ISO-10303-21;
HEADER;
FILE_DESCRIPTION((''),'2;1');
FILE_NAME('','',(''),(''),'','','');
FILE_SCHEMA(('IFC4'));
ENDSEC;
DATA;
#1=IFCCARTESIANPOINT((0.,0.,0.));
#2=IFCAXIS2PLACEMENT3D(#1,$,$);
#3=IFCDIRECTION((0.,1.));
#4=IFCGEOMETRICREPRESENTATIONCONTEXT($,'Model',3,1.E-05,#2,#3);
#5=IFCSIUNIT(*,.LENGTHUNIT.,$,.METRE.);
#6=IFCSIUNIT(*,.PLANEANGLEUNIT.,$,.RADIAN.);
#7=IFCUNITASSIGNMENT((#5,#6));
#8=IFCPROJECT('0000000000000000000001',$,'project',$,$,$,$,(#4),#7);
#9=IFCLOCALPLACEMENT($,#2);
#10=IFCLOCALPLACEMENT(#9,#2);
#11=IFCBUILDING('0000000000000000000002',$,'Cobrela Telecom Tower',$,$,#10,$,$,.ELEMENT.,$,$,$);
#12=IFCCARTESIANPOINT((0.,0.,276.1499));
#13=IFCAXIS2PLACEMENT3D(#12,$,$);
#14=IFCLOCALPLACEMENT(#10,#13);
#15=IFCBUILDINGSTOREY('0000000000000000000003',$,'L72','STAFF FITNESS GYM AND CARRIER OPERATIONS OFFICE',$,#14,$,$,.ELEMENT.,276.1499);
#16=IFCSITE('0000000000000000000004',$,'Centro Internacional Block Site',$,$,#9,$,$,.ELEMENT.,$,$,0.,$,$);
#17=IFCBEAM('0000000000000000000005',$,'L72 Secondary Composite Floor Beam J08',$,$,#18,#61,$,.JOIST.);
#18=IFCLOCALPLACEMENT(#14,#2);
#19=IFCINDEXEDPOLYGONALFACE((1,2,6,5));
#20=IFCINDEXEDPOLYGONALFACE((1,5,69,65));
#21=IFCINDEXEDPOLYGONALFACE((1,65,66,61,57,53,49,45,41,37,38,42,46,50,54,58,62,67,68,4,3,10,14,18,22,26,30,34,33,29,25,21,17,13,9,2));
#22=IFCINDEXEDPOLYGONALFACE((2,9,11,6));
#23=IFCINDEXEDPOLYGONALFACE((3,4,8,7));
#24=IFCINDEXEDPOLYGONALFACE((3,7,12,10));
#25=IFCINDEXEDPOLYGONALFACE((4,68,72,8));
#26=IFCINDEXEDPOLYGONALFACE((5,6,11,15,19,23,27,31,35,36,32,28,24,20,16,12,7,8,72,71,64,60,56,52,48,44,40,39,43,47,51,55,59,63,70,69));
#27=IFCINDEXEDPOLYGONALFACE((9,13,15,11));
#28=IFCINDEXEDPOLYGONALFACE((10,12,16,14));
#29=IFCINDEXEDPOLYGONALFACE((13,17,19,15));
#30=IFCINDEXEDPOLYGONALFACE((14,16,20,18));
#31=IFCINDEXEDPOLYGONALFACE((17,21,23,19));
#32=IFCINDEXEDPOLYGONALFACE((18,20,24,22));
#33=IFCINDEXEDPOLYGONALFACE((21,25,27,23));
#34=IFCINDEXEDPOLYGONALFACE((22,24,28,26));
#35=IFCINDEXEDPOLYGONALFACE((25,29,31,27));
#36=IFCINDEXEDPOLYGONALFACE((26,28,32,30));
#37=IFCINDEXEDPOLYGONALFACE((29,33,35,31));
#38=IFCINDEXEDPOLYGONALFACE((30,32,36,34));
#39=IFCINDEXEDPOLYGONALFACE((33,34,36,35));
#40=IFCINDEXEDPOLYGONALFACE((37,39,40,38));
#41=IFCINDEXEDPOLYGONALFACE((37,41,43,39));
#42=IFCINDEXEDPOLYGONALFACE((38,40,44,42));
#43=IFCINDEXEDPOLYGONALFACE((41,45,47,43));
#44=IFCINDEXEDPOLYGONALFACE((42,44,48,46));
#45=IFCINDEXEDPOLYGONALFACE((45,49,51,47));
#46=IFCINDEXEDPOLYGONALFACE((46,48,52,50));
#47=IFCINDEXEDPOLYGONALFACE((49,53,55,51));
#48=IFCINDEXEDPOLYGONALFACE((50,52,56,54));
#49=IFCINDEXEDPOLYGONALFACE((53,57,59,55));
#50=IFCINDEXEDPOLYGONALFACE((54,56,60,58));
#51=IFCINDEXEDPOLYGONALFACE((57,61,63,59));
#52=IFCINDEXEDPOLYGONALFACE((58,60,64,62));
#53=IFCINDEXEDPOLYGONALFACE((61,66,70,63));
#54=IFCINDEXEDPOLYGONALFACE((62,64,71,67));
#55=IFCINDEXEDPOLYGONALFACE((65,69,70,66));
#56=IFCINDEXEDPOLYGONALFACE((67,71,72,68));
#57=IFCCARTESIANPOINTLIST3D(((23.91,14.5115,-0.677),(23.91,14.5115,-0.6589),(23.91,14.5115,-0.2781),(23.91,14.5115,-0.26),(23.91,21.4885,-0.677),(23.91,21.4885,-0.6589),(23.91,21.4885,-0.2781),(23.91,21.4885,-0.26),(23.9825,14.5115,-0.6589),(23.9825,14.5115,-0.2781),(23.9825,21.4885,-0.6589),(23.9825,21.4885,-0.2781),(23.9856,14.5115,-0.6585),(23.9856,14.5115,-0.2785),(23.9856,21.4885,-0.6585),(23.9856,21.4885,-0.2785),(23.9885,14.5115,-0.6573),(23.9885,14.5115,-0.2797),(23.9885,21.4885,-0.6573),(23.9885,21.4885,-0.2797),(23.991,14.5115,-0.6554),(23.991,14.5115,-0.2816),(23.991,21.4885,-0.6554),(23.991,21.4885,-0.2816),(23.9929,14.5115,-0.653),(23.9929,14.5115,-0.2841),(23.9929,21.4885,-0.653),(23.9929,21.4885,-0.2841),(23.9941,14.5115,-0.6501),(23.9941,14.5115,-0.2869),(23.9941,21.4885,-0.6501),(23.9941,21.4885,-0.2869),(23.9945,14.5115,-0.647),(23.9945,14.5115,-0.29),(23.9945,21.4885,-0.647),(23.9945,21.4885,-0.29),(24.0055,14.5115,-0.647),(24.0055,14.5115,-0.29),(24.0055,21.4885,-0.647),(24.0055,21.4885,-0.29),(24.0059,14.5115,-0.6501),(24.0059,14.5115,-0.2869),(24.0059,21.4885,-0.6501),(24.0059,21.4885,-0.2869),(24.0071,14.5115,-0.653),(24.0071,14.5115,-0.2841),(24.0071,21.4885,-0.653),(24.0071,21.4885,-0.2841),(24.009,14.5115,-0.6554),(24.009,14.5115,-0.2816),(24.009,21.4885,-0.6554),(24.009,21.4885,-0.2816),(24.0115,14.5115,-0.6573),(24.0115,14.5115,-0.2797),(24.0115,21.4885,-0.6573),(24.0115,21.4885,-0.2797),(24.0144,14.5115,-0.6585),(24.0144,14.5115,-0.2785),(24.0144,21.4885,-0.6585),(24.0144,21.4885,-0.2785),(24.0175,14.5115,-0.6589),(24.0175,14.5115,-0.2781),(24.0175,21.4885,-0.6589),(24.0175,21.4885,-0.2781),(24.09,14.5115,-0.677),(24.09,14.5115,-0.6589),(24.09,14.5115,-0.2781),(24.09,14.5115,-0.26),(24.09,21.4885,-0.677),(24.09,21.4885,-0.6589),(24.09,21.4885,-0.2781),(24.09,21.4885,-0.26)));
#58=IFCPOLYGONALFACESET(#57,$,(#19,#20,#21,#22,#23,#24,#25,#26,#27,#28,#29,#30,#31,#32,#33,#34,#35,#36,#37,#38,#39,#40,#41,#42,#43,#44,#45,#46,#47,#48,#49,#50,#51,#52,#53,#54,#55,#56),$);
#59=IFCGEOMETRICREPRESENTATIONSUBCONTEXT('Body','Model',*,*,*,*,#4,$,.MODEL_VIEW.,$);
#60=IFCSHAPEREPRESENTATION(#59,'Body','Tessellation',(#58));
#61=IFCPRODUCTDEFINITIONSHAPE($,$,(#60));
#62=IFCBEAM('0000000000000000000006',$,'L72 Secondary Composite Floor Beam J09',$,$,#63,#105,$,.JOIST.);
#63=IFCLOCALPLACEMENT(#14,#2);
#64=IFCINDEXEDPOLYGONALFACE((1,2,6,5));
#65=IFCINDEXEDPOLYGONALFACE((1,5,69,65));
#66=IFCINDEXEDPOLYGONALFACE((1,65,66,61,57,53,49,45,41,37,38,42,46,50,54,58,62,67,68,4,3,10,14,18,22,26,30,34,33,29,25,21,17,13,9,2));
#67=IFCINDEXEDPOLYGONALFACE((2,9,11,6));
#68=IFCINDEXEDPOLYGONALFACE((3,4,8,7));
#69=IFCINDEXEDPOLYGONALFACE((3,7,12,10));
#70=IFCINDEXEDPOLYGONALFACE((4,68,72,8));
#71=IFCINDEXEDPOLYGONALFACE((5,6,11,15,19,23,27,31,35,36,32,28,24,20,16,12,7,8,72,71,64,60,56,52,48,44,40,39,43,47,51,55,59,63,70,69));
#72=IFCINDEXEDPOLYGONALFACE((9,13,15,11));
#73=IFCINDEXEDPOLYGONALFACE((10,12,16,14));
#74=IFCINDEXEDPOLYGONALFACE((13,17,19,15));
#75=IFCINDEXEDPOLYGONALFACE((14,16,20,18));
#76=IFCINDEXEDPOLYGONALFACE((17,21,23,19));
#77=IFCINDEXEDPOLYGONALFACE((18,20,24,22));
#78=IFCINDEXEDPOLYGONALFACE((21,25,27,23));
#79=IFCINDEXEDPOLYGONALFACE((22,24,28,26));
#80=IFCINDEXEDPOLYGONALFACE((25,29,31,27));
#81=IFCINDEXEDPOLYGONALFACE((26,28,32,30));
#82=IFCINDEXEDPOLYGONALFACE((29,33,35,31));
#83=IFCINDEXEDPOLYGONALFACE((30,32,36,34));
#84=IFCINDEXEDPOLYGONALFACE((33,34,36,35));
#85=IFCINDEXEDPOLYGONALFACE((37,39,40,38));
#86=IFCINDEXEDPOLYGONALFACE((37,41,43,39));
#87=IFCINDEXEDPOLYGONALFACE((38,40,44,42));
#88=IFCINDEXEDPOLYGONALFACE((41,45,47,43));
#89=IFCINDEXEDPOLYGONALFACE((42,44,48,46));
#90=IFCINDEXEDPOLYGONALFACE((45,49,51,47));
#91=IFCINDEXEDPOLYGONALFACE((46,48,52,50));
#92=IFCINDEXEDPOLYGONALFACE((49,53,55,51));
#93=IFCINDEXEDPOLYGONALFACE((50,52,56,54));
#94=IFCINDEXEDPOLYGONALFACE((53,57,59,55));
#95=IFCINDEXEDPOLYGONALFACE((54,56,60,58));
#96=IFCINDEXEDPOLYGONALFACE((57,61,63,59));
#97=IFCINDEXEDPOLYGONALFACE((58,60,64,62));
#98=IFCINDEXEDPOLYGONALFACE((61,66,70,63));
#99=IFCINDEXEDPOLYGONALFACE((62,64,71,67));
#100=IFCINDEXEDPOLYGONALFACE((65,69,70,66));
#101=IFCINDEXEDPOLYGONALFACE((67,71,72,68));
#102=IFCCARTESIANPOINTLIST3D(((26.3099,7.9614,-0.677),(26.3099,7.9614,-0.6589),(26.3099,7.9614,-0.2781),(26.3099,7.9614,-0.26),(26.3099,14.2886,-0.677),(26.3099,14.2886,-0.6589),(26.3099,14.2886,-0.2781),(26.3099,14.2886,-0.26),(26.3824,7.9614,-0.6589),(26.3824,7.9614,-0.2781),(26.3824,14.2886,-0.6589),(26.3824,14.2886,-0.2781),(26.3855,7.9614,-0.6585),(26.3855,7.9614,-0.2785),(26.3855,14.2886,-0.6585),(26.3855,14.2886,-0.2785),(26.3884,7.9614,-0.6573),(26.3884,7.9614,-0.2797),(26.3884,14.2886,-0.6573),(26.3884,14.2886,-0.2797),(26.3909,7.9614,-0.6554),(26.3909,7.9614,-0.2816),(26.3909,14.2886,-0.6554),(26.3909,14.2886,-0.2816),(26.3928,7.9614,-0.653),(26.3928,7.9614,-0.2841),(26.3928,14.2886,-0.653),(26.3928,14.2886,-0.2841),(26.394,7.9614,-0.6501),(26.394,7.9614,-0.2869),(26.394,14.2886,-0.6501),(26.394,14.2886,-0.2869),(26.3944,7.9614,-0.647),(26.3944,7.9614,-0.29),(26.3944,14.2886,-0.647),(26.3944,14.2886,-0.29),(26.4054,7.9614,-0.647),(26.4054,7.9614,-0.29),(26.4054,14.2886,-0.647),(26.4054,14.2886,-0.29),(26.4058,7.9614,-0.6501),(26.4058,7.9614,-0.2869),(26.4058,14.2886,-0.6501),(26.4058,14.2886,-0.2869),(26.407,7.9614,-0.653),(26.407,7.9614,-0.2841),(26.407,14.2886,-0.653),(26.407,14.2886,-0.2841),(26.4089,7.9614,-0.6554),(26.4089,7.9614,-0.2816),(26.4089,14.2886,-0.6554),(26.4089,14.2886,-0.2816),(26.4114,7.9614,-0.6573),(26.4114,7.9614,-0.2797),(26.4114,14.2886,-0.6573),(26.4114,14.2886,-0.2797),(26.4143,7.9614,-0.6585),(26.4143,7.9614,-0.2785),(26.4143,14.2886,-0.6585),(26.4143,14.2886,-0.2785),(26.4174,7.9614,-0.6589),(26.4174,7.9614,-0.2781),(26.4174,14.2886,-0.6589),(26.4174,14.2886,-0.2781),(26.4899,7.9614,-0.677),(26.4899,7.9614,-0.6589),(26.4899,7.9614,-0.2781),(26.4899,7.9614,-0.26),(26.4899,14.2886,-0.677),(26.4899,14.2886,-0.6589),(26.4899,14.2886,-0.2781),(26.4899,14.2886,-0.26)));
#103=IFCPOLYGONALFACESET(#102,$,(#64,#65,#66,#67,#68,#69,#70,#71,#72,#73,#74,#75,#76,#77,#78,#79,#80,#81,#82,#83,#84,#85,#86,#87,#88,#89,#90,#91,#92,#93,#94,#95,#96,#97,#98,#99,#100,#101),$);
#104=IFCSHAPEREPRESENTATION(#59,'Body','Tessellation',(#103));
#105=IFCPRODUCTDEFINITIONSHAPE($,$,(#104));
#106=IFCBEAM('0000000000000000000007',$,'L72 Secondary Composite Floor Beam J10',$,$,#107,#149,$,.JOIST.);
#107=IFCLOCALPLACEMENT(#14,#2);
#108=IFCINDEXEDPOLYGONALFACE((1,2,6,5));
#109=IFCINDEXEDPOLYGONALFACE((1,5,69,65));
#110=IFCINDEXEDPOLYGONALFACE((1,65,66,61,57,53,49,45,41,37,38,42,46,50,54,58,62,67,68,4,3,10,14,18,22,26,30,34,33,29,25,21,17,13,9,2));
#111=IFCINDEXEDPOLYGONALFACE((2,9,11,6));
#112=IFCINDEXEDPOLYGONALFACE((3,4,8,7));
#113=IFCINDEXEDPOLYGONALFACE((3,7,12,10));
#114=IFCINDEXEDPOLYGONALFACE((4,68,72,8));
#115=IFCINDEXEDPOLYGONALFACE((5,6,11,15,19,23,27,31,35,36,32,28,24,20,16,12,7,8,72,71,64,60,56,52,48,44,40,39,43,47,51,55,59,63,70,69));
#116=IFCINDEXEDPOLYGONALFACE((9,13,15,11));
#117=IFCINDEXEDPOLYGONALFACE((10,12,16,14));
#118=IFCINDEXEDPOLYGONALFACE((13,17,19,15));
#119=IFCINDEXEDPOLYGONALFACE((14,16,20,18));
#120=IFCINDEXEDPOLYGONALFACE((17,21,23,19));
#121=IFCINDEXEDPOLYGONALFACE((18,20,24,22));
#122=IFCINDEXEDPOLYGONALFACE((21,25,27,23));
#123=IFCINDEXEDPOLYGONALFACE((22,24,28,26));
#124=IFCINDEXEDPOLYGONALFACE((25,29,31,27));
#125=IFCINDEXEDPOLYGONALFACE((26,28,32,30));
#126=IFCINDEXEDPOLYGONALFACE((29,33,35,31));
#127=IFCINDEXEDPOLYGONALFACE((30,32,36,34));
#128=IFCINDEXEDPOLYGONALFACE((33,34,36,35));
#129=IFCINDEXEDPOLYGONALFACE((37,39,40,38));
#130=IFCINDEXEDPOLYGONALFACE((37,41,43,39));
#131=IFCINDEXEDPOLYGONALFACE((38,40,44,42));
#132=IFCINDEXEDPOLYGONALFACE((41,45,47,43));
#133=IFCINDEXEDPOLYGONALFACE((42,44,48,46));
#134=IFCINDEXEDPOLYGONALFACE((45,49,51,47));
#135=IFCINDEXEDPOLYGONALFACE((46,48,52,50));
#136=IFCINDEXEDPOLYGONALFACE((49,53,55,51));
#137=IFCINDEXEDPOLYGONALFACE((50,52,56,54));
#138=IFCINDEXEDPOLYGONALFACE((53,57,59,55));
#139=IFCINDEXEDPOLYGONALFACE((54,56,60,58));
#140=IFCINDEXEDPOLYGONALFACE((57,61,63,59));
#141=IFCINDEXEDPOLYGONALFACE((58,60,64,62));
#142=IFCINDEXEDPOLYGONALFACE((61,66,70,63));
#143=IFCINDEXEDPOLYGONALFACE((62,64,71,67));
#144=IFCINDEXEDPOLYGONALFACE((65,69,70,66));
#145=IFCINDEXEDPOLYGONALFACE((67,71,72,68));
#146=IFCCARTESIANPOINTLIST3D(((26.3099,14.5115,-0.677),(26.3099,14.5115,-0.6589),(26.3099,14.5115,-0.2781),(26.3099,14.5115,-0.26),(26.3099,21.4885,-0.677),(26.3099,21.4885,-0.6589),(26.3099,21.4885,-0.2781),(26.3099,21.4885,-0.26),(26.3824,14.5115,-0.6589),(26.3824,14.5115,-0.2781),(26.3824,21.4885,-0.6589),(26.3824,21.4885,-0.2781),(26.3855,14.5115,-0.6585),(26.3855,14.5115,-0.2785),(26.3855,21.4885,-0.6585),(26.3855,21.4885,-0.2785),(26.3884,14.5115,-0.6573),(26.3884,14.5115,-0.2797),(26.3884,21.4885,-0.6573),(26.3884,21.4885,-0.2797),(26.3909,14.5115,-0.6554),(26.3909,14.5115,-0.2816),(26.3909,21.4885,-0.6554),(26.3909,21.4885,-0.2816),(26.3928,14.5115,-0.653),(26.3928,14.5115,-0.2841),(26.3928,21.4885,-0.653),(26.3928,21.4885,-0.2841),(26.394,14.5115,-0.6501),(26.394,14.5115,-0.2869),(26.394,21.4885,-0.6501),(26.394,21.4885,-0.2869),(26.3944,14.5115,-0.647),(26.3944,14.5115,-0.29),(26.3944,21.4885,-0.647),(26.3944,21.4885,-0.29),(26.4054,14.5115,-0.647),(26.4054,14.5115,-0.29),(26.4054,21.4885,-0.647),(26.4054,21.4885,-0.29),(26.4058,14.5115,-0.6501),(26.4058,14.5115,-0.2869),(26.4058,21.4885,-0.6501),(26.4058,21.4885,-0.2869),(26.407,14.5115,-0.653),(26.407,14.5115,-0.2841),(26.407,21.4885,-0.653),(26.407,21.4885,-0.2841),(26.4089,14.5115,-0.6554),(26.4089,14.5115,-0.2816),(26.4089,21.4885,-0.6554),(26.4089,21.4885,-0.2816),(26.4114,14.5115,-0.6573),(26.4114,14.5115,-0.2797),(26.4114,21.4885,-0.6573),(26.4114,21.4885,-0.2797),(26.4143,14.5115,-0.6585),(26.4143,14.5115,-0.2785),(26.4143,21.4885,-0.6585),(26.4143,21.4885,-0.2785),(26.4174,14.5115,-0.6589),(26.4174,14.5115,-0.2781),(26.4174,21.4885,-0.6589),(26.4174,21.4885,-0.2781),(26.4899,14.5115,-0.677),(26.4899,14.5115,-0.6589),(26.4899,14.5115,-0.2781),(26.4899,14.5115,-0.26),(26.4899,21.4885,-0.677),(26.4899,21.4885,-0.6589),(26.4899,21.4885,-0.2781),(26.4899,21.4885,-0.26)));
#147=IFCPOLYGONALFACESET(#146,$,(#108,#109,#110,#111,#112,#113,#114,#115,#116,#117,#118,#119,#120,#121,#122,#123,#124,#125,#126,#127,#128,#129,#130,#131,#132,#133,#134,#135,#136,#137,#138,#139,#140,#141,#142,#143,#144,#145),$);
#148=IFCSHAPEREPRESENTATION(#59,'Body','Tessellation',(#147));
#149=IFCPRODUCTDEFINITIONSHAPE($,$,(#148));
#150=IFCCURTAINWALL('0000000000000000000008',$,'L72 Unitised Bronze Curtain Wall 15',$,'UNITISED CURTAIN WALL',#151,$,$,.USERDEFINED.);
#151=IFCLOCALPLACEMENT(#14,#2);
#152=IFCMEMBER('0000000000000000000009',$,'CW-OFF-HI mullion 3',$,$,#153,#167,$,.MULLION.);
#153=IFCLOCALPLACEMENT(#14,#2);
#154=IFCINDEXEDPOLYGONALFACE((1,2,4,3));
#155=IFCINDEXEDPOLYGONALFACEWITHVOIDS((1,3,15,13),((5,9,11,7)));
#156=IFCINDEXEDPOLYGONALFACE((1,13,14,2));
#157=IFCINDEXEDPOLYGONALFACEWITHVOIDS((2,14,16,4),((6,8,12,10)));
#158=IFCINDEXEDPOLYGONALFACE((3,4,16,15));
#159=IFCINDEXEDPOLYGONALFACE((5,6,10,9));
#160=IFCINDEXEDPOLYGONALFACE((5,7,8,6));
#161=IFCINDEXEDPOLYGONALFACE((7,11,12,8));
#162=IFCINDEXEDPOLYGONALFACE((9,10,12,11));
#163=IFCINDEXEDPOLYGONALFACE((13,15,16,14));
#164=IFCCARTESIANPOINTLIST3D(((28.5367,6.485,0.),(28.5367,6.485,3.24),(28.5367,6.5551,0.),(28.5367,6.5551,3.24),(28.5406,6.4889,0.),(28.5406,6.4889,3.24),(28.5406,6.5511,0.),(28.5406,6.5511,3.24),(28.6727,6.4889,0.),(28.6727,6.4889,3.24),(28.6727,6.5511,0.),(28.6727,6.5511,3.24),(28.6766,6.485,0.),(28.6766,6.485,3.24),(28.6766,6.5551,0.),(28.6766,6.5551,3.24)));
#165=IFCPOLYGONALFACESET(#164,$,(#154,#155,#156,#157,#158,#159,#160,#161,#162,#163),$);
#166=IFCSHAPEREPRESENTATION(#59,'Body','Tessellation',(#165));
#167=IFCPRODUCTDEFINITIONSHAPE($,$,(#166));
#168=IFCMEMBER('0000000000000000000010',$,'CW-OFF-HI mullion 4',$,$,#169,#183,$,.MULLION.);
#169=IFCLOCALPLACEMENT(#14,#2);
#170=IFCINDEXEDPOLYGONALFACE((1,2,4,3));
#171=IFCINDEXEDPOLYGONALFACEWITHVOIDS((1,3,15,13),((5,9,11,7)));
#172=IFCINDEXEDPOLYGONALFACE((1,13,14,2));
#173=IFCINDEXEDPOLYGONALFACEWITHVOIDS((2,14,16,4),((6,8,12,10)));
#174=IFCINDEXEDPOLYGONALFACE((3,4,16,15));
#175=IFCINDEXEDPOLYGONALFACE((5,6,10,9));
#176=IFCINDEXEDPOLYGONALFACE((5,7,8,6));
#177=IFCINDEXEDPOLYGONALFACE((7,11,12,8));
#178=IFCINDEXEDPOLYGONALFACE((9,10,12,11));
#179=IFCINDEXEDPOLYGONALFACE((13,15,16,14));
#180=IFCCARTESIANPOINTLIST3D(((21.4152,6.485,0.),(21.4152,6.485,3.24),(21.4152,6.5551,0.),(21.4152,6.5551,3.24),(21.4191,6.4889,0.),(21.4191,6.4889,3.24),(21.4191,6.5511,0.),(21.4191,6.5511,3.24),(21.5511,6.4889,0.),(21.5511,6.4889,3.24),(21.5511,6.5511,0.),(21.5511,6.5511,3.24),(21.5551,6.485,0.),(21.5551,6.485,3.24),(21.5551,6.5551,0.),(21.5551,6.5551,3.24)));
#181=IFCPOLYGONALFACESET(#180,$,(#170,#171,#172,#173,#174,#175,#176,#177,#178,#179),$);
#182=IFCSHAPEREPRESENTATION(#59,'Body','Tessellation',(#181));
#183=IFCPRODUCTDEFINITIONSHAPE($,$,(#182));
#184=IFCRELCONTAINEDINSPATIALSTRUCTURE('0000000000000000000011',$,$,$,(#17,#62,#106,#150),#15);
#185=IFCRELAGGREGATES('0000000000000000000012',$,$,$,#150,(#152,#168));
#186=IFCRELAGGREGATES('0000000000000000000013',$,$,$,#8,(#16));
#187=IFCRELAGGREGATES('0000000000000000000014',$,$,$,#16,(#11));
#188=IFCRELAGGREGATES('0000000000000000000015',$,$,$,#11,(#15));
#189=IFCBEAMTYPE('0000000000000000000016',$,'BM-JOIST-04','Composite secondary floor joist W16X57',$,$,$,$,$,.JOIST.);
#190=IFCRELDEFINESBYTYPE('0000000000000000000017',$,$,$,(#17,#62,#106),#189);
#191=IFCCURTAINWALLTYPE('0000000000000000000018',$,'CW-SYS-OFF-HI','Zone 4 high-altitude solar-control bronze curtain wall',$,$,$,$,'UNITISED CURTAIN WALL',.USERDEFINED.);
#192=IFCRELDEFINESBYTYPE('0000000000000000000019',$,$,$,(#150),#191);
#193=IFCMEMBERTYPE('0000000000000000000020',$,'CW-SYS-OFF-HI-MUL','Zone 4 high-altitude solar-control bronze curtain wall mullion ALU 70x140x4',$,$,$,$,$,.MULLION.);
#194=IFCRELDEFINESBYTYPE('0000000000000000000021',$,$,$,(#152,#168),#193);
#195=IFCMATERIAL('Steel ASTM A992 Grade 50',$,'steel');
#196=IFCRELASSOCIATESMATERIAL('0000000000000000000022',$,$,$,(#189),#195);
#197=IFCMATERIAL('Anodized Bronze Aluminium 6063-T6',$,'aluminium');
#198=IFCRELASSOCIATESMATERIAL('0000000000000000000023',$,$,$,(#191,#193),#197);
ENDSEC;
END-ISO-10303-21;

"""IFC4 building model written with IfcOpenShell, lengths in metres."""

from ifc_helpers import new_model, si_unit, direction, frame, origin, origin_2d, place, context, subcontext, project, spatial, hollow_rectangle, i_section, extrude, material, material_profile, profile_set, type_object, element, aggregate, save


model = new_model("IFC4")

# Units and contexts
model_context = context("Model", 3, precision=1e-05, world=origin(), true_north=direction((0.0, 1.0)))
body_context = subcontext(model_context, "Body", "Model", "MODEL_VIEW")
ifc_project = project(units=[si_unit("LENGTHUNIT", "METRE"), si_unit("PLANEANGLEUNIT", "RADIAN")], contexts=[model_context])

# Site, building, storey
site_placement = place(None, origin())
site = spatial("IfcSite", under=ifc_project, at=site_placement, Name="Centro Internacional Block Site", CompositionType="ELEMENT", RefElevation=0.0)
building_placement = place(site_placement, origin())
building = spatial("IfcBuilding", under=site, at=building_placement, Name="Cobrela Telecom Tower", CompositionType="ELEMENT")
storey_placement = place(building_placement, frame((0.0, 0.0, 276.1499)))
storey = spatial("IfcBuildingStorey", under=building, at=storey_placement, Name="L72", Description="STAFF FITNESS GYM AND CARRIER OPERATIONS OFFICE", CompositionType="ELEMENT", Elevation=276.1499)

# Shared definitions
ifc_material_1 = material(Name="Steel ASTM A992 Grade 50", Category="steel")

# Beams
ifc_material_profile_1 = material_profile(ifc_material_1, i_section(OverallWidth=0.1799, OverallDepth=0.417, WebThickness=0.011, FlangeThickness=0.0181, FilletRadius=0.012, at=origin_2d()), Name="W16X57")
ifc_profile_set_1 = profile_set([ifc_material_profile_1], Name="Steel ASTM A992 Grade 50")
beam_type_1 = type_object("IfcBeamType", Name="BM-JOIST-04", Description="Composite secondary floor joist W16X57", PredefinedType="JOIST", material=ifc_profile_set_1)
beam_1_placement = place(storey_placement, frame((24.0, 14.5115, -0.4685), z_axis=(0.0, 1.0, 0.0), x_axis=(-1.0, 0.0, 0.0)))
element("IfcBeam", 1, at=beam_1_placement, inside=storey, type_object=beam_type_1, Name="L72 Secondary Composite Floor Beam J08", PredefinedType="JOIST", context=body_context, shape_type="SweptSolid", body=[
    extrude(i_section(OverallWidth=0.1799, OverallDepth=0.417, WebThickness=0.011, FlangeThickness=0.0181, FilletRadius=0.012, at=origin_2d()), origin(), (0.0, 0.0, 1.0), 6.9771),
])
beam_2_placement = place(storey_placement, frame((26.3999, 7.9614, -0.4685), z_axis=(0.0, 1.0, 0.0), x_axis=(-1.0, 0.0, 0.0)))
element("IfcBeam", 2, at=beam_2_placement, inside=storey, type_object=beam_type_1, Name="L72 Secondary Composite Floor Beam J09", PredefinedType="JOIST", context=body_context, shape_type="SweptSolid", body=[
    extrude(i_section(OverallWidth=0.1799, OverallDepth=0.417, WebThickness=0.011, FlangeThickness=0.0181, FilletRadius=0.012, at=origin_2d()), origin(), (0.0, 0.0, 1.0), 6.3271),
])
beam_3_placement = place(storey_placement, frame((26.3999, 14.5115, -0.4685), z_axis=(0.0, 1.0, 0.0), x_axis=(-1.0, 0.0, 0.0)))
element("IfcBeam", 3, at=beam_3_placement, inside=storey, type_object=beam_type_1, Name="L72 Secondary Composite Floor Beam J10", PredefinedType="JOIST", context=body_context, shape_type="SweptSolid", body=[
    extrude(i_section(OverallWidth=0.1799, OverallDepth=0.417, WebThickness=0.011, FlangeThickness=0.0181, FilletRadius=0.012, at=origin_2d()), origin(), (0.0, 0.0, 1.0), 6.9771),
])

# Curtain wall, members
ifc_material_2 = material(Name="Anodized Bronze Aluminium 6063-T6", Category="aluminium")
curtain_wall_type = type_object("IfcCurtainWallType", Name="CW-SYS-OFF-HI", Description="Zone 4 high-altitude solar-control bronze curtain wall", ElementType="UNITISED CURTAIN WALL", PredefinedType="USERDEFINED", material=ifc_material_2)
curtain_wall_placement = place(storey_placement, origin())
curtain_wall = element("IfcCurtainWall", 4, at=curtain_wall_placement, inside=storey, type_object=curtain_wall_type, Name="L72 Unitised Bronze Curtain Wall 15", ObjectType="UNITISED CURTAIN WALL", PredefinedType="USERDEFINED")
ifc_material_profile_2 = material_profile(ifc_material_2, hollow_rectangle(XDim=0.0701, YDim=0.1399, WallThickness=0.0039, at=origin_2d()), Name="ALU 70x140x4")
ifc_profile_set_2 = profile_set([ifc_material_profile_2], Name="Anodized Bronze Aluminium 6063-T6")
member_type_1 = type_object("IfcMemberType", Name="CW-SYS-OFF-HI-MUL", Description="Zone 4 high-altitude solar-control bronze curtain wall mullion ALU 70x140x4", PredefinedType="MULLION", material=ifc_profile_set_2)
member_1_placement = place(storey_placement, frame((28.6067, 6.52, 0.0), z_axis=(0.0, 0.0, 1.0), x_axis=(0.0, -1.0, 0.0)))
member_1 = element("IfcMember", 5, at=member_1_placement, type_object=member_type_1, Name="CW-OFF-HI mullion 3", PredefinedType="MULLION", context=body_context, shape_type="SweptSolid", body=[
    extrude(hollow_rectangle(XDim=0.0701, YDim=0.1399, WallThickness=0.0039, at=origin_2d()), origin(), (0.0, 0.0, 1.0), 3.24),
])
member_2_placement = place(storey_placement, frame((21.4851, 6.52, 0.0), z_axis=(0.0, 0.0, 1.0), x_axis=(0.0, -1.0, 0.0)))
member_2 = element("IfcMember", 6, at=member_2_placement, type_object=member_type_1, Name="CW-OFF-HI mullion 4", PredefinedType="MULLION", context=body_context, shape_type="SweptSolid", body=[
    extrude(hollow_rectangle(XDim=0.0701, YDim=0.1399, WallThickness=0.0039, at=origin_2d()), origin(), (0.0, 0.0, 1.0), 3.24),
])
aggregate(curtain_wall, [member_1, member_2])

save(model, "model.ifc")
